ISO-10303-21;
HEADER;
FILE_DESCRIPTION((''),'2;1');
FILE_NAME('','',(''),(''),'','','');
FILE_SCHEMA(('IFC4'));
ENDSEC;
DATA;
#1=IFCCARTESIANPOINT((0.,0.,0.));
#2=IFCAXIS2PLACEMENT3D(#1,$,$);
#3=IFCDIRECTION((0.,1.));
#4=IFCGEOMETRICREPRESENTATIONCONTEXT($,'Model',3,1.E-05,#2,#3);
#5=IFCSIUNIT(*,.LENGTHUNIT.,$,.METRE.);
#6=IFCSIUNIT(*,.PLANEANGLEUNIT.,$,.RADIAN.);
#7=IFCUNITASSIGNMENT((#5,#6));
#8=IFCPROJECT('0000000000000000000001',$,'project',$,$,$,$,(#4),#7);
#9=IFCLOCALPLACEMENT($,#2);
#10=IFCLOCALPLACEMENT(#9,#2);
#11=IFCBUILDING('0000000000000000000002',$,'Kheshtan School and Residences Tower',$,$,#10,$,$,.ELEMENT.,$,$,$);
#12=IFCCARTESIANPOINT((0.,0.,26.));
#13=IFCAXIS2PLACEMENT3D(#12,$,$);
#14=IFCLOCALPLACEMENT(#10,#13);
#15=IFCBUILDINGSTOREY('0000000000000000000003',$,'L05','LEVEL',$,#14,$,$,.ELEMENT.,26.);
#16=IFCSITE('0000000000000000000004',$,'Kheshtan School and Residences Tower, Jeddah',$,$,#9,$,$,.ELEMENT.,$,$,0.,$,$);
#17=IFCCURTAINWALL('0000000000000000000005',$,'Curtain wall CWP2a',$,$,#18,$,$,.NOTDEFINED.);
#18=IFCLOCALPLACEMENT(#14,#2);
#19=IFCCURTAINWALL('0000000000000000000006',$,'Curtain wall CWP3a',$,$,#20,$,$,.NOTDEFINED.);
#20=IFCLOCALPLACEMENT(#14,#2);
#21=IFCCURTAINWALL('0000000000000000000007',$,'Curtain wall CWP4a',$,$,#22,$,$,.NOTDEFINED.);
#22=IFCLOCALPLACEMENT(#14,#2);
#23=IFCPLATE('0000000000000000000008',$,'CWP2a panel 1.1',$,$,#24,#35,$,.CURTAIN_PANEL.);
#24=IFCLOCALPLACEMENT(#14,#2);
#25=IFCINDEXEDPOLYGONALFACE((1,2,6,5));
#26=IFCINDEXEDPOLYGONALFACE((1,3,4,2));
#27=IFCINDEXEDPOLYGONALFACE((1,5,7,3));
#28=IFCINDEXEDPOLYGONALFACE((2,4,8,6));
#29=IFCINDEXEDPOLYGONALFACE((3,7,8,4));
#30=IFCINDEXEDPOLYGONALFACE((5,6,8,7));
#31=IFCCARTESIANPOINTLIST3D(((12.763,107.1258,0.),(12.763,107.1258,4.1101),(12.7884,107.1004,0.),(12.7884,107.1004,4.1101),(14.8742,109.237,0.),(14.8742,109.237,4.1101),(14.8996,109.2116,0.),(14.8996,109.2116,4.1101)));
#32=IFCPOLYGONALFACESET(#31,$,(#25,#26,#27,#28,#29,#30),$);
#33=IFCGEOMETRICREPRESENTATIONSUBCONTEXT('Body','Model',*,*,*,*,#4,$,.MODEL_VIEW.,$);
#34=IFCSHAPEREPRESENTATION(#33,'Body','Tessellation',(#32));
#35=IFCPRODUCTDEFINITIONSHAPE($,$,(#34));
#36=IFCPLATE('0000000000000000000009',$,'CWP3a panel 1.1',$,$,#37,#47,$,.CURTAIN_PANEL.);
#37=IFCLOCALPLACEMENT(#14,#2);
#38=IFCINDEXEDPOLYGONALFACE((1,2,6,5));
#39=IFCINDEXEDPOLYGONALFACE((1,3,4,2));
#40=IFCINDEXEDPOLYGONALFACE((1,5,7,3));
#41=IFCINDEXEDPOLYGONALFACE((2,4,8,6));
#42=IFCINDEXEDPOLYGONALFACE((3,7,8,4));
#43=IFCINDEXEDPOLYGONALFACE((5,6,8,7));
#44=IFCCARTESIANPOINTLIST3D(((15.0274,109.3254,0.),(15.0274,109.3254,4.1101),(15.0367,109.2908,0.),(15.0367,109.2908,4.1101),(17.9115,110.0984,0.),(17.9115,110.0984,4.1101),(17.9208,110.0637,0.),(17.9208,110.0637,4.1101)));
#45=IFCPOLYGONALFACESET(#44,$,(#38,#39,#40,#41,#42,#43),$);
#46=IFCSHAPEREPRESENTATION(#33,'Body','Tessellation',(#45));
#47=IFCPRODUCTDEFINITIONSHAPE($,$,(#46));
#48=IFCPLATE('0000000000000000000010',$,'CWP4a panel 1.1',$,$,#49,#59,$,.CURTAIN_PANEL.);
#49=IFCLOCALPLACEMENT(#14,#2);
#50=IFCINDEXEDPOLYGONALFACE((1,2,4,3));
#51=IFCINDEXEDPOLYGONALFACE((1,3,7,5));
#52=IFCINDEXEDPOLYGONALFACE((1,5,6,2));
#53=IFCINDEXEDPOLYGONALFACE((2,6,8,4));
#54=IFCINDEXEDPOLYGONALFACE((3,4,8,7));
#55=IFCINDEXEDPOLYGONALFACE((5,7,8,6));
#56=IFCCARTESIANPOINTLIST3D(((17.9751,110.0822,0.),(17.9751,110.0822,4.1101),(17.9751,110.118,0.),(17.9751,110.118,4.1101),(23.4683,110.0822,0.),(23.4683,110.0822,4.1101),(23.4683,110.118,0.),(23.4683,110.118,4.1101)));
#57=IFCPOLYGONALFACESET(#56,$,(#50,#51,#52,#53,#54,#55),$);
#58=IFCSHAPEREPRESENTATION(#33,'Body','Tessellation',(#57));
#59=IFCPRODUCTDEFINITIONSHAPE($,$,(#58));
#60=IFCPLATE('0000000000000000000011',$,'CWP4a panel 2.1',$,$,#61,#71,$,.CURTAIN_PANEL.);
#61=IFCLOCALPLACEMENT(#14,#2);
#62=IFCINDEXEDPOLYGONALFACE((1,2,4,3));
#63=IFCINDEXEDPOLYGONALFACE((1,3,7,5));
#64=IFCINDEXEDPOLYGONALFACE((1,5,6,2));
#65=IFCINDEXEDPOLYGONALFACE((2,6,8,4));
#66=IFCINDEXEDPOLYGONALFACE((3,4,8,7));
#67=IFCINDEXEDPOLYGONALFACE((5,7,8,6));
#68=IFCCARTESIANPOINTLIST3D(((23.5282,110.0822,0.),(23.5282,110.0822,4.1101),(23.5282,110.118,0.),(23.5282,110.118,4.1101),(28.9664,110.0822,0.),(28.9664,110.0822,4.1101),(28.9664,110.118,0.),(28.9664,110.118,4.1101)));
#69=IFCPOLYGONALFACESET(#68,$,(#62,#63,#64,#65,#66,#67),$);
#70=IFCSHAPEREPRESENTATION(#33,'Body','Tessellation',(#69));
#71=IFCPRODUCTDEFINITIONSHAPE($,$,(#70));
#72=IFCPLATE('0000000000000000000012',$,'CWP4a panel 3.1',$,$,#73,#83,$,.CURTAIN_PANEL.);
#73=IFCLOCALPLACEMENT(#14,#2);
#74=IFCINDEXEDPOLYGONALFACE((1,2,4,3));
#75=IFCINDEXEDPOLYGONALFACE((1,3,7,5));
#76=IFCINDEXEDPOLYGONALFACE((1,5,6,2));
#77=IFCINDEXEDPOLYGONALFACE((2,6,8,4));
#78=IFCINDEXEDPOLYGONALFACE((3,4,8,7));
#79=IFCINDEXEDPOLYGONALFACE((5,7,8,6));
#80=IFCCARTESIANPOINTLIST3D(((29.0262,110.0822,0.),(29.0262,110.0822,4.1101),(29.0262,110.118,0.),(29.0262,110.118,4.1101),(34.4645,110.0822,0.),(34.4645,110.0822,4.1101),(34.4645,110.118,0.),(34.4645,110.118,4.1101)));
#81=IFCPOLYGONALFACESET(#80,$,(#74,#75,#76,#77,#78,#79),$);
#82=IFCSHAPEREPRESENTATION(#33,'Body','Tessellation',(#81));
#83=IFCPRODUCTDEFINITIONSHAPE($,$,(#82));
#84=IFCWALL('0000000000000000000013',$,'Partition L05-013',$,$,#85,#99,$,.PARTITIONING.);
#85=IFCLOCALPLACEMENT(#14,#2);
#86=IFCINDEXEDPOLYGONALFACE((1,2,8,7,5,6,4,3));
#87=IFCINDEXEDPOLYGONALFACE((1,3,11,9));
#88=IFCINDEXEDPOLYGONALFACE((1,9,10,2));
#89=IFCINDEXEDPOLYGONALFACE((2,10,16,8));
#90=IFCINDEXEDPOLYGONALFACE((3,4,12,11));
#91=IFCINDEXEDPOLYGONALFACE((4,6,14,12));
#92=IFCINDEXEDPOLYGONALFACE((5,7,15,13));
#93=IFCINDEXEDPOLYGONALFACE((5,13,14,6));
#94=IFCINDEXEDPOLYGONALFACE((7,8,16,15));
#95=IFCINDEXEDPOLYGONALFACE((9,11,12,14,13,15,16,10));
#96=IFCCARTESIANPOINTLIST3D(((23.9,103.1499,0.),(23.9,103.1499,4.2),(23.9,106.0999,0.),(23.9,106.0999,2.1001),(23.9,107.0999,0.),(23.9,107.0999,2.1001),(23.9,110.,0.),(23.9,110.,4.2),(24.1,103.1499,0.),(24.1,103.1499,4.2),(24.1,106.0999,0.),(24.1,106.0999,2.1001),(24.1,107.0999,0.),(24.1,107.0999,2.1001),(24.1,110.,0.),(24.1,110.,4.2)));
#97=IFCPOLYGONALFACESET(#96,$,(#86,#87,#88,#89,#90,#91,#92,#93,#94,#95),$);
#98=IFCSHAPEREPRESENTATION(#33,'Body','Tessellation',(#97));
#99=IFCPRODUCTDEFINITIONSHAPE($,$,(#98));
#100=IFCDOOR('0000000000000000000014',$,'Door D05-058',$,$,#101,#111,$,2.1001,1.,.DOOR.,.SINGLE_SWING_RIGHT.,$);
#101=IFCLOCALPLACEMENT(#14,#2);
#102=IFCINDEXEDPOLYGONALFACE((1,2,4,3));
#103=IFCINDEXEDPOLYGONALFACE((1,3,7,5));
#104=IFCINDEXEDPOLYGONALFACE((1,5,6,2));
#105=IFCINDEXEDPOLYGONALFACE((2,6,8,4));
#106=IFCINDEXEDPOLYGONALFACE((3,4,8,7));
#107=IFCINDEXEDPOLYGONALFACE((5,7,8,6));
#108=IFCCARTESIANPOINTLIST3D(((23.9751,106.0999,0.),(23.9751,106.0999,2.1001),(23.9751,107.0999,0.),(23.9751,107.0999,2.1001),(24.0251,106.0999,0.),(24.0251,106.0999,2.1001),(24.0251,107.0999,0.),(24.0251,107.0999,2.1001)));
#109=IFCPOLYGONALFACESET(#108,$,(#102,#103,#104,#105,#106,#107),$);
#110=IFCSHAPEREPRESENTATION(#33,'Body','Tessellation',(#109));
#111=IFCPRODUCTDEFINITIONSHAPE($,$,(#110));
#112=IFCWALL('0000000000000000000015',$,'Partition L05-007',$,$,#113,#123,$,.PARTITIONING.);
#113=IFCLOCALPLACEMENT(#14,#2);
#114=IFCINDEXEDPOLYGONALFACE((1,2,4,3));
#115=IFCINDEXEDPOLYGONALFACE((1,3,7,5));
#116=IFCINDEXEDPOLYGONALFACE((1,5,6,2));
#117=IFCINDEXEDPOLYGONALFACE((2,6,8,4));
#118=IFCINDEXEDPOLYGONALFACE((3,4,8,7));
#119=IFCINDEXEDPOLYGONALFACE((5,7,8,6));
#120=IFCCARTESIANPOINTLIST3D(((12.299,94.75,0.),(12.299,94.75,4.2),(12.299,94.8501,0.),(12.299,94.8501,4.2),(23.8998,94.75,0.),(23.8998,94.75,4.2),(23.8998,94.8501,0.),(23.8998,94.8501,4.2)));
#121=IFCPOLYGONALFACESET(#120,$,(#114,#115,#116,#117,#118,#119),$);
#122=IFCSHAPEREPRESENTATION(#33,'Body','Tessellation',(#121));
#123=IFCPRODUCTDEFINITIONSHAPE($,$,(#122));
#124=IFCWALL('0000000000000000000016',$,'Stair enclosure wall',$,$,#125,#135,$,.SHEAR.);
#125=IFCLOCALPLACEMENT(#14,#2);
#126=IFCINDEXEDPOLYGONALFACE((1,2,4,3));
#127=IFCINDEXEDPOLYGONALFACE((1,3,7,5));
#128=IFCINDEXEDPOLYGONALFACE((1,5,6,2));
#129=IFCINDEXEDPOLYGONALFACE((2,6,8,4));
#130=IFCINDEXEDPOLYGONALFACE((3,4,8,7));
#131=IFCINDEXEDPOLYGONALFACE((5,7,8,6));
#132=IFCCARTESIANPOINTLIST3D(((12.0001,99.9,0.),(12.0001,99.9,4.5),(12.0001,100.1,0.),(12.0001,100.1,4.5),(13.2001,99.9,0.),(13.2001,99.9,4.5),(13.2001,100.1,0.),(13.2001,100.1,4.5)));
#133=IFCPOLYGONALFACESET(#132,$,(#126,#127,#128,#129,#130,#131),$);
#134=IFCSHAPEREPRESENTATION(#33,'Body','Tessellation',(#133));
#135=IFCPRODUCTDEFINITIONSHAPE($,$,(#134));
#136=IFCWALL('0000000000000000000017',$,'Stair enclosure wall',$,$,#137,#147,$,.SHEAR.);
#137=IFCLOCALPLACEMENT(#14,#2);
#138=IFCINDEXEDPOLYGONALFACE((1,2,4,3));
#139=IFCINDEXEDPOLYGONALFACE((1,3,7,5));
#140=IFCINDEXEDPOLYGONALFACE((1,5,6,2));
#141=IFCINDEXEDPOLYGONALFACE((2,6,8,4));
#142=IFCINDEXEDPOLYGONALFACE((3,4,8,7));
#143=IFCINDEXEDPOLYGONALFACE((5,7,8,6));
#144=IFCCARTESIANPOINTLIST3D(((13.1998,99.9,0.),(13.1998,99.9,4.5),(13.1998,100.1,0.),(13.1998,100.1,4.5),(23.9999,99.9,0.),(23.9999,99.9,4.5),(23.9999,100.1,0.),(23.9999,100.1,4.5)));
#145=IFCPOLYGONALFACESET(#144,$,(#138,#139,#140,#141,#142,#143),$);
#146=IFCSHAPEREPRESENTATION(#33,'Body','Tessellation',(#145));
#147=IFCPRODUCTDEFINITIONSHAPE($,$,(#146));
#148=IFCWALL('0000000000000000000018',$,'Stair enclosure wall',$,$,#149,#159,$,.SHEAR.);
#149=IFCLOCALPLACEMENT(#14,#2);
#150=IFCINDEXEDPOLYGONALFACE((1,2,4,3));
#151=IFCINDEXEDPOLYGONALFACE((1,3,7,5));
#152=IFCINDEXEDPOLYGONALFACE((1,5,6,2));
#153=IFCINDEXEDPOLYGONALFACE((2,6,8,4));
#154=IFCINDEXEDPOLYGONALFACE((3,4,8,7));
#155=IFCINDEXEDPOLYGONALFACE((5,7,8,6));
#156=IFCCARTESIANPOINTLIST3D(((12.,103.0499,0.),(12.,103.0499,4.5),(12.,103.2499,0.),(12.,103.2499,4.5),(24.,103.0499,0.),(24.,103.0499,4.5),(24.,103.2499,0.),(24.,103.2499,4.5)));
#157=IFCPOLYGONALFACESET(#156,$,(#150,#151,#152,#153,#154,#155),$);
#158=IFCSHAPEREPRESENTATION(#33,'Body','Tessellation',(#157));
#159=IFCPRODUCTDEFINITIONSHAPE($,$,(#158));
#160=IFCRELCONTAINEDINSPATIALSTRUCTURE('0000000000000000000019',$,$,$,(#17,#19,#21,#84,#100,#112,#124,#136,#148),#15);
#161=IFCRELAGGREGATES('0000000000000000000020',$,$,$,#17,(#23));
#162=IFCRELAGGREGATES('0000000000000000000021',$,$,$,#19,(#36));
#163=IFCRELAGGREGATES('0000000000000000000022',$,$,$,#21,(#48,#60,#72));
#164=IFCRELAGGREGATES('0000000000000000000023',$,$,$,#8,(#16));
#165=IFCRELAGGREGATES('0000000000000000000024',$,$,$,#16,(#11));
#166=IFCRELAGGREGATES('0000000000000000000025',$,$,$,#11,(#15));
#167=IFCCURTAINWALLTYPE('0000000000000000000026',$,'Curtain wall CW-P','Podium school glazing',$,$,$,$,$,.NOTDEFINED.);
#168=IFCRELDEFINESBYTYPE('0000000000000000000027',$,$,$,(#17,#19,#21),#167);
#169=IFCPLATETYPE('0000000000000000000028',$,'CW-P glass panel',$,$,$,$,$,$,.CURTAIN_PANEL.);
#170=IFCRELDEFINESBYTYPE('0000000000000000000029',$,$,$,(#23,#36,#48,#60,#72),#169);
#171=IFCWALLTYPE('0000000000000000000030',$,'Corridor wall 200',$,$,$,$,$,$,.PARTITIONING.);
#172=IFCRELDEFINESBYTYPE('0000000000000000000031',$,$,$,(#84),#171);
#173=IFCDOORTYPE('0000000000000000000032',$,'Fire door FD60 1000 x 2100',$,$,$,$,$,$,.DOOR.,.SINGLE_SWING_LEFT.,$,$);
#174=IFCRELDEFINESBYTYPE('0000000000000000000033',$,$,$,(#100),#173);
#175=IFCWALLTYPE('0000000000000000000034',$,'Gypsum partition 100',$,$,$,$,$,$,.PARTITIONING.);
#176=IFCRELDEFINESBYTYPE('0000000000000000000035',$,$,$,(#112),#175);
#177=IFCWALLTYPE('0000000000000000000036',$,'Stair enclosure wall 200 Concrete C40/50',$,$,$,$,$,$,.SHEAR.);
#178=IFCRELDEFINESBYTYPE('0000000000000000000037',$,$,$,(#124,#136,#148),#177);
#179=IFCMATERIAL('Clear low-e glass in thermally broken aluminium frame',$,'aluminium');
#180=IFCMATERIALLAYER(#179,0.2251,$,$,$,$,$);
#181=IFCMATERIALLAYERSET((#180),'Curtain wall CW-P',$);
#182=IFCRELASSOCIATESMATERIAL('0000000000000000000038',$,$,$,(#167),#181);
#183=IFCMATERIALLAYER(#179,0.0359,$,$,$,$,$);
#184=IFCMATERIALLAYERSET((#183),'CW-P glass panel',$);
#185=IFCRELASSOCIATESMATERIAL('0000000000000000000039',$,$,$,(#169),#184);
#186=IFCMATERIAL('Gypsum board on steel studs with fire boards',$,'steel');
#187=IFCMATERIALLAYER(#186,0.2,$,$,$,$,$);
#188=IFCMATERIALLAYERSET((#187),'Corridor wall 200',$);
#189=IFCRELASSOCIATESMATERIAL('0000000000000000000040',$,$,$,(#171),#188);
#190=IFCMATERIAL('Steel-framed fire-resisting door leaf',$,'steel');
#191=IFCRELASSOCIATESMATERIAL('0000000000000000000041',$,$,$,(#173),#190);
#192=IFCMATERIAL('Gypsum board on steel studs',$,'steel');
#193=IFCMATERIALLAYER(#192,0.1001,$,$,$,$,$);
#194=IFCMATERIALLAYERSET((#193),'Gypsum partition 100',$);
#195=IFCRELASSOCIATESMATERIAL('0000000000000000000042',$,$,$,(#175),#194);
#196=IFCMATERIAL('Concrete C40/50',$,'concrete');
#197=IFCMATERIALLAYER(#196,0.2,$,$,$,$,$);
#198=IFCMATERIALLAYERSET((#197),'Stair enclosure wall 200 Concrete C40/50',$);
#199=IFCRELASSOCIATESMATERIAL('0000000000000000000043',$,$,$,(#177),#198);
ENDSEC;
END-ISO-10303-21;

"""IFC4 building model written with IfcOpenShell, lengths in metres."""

from ifc_helpers import new_model, si_unit, direction, frame, frame_2d, origin, origin_2d, place, context, subcontext, project, spatial, rectangle, extrude, source, transform, mapped, material, layer, layer_set, type_object, element, fill, aggregate, save


model = new_model("IFC4")

# Units and contexts
model_context = context("Model", 3, precision=1e-05, world=origin(), true_north=direction((0.0, 1.0)))
body_context = subcontext(model_context, "Body", "Model", "MODEL_VIEW")
ifc_project = project(units=[si_unit("LENGTHUNIT", "METRE"), si_unit("PLANEANGLEUNIT", "RADIAN")], contexts=[model_context])

# Site, building, storey
site_placement = place(None, origin())
site = spatial("IfcSite", under=ifc_project, at=site_placement, Name="Kheshtan School and Residences Tower, Jeddah", CompositionType="ELEMENT", RefElevation=0.0)
building_placement = place(site_placement, origin())
building = spatial("IfcBuilding", under=site, at=building_placement, Name="Kheshtan School and Residences Tower", CompositionType="ELEMENT")
storey_placement = place(building_placement, frame((0.0, 0.0, 26.0)))
storey = spatial("IfcBuildingStorey", under=building, at=storey_placement, Name="L05", Description="LEVEL", CompositionType="ELEMENT", Elevation=26.0)

# Curtain walls
ifc_material_1 = material(Name="Clear low-e glass in thermally broken aluminium frame", Category="aluminium")
ifc_layer_1 = layer(ifc_material_1, 0.2251)
ifc_layer_set_1 = layer_set([ifc_layer_1], Name="Curtain wall CW-P")
curtain_wall_type = type_object("IfcCurtainWallType", Name="Curtain wall CW-P", Description="Podium school glazing", PredefinedType="NOTDEFINED", material=ifc_layer_set_1)
curtain_wall_1_placement = place(storey_placement, origin())
curtain_wall_1 = element("IfcCurtainWall", 1, at=curtain_wall_1_placement, inside=storey, type_object=curtain_wall_type, Name="Curtain wall CWP2a", PredefinedType="NOTDEFINED")
curtain_wall_2_placement = place(storey_placement, origin())
curtain_wall_2 = element("IfcCurtainWall", 2, at=curtain_wall_2_placement, inside=storey, type_object=curtain_wall_type, Name="Curtain wall CWP3a", PredefinedType="NOTDEFINED")
curtain_wall_3_placement = place(storey_placement, origin())
curtain_wall_3 = element("IfcCurtainWall", 3, at=curtain_wall_3_placement, inside=storey, type_object=curtain_wall_type, Name="Curtain wall CWP4a", PredefinedType="NOTDEFINED")

# Plates
ifc_layer_2 = layer(ifc_material_1, 0.0359)
ifc_layer_set_2 = layer_set([ifc_layer_2], Name="CW-P glass panel")
plate_type = type_object("IfcPlateType", Name="CW-P glass panel", PredefinedType="CURTAIN_PANEL", material=ifc_layer_set_2)
plate_1_placement = place(storey_placement, frame((13.8313, 108.1687, 0.0), z_axis=(0.0, 0.0, 1.0), x_axis=(0.707107, 0.707107, 0.0)))
plate_1 = element("IfcPlate", 4, at=plate_1_placement, type_object=plate_type, Name="CWP2a panel 1.1", PredefinedType="CURTAIN_PANEL", context=body_context, shape_type="SweptSolid", body=[
    extrude(rectangle(XDim=2.9856, YDim=0.0359, at=origin_2d()), origin(), (0.0, 0.0, 1.0), 4.1101),
])
aggregate(curtain_wall_1, [plate_1])
plate_2_placement = place(storey_placement, frame((16.4741, 109.6946, 0.0), z_axis=(0.0, 0.0, 1.0), x_axis=(0.965914, 0.258865, 0.0)))
plate_2 = element("IfcPlate", 5, at=plate_2_placement, type_object=plate_type, Name="CWP3a panel 1.1", PredefinedType="CURTAIN_PANEL", context=body_context, shape_type="SweptSolid", body=[
    extrude(rectangle(XDim=2.9858, YDim=0.0359, at=origin_2d()), origin(), (0.0, 0.0, 1.0), 4.1101),
])
aggregate(curtain_wall_2, [plate_2])
plate_3_placement = place(storey_placement, frame((20.7217, 110.1001, 0.0), z_axis=(0.0, 0.0, 1.0), x_axis=(1.0, 0.0, 0.0)))
plate_3 = element("IfcPlate", 6, at=plate_3_placement, type_object=plate_type, Name="CWP4a panel 1.1", PredefinedType="CURTAIN_PANEL", context=body_context, shape_type="SweptSolid", body=[
    extrude(rectangle(XDim=5.4932, YDim=0.0359, at=origin_2d()), origin(), (0.0, 0.0, 1.0), 4.1101),
])
plate_4_placement = place(storey_placement, frame((26.2473, 110.1001, 0.0), z_axis=(0.0, 0.0, 1.0), x_axis=(1.0, 0.0, 0.0)))
plate_4 = element("IfcPlate", 7, at=plate_4_placement, type_object=plate_type, Name="CWP4a panel 2.1", PredefinedType="CURTAIN_PANEL", context=body_context, shape_type="SweptSolid", body=[
    extrude(rectangle(XDim=5.4382, YDim=0.0359, at=origin_2d()), origin(), (0.0, 0.0, 1.0), 4.1101),
])
plate_5_placement = place(storey_placement, frame((31.7454, 110.1001, 0.0), z_axis=(0.0, 0.0, 1.0), x_axis=(1.0, 0.0, 0.0)))
plate_5 = element("IfcPlate", 8, at=plate_5_placement, type_object=plate_type, Name="CWP4a panel 3.1", PredefinedType="CURTAIN_PANEL", context=body_context, shape_type="SweptSolid", body=[
    extrude(rectangle(XDim=5.4382, YDim=0.0359, at=origin_2d()), origin(), (0.0, 0.0, 1.0), 4.1101),
])
aggregate(curtain_wall_3, [plate_3, plate_4, plate_5])

# Wall, opening, door
ifc_material_2 = material(Name="Gypsum board on steel studs with fire boards", Category="steel")
ifc_layer_3 = layer(ifc_material_2, 0.2)
ifc_layer_set_3 = layer_set([ifc_layer_3], Name="Corridor wall 200")
wall_type_1 = type_object("IfcWallType", Name="Corridor wall 200", PredefinedType="PARTITIONING", material=ifc_layer_set_3)
wall_1_placement = place(storey_placement, frame((24.0, 103.1499, 0.0), z_axis=(0.0, 0.0, 1.0), x_axis=(0.0, 1.0, 0.0)))
wall_1 = element("IfcWall", 9, at=wall_1_placement, inside=storey, type_object=wall_type_1, Name="Partition L05-013", PredefinedType="PARTITIONING", context=body_context, shape_type="SweptSolid", body=[
    extrude(rectangle(XDim=6.8501, YDim=0.2, at=frame_2d((3.425, 0.0))), origin(), (0.0, 0.0, 1.0), 4.2),
])
opening_1_placement = place(wall_1_placement, frame((2.95, 0.0, 0.0)))
opening_1 = element("IfcOpeningElement", 10, at=opening_1_placement, cuts=wall_1, PredefinedType="OPENING", context=body_context, shape_type="SweptSolid", body=[
    extrude(rectangle(XDim=1.0, YDim=2.1001, at=frame_2d((0.5, 1.05))), frame((0.0, 0.1099, 0.0), z_axis=(0.0, -1.0, 0.0), x_axis=(1.0, 0.0, 0.0)), (0.0, 0.0, 1.0), 0.22),
])
ifc_material_3 = material(Name="Steel-framed fire-resisting door leaf", Category="steel")
door_type_1 = type_object("IfcDoorType", Name="Fire door FD60 1000 x 2100", OperationType="SINGLE_SWING_LEFT", PredefinedType="DOOR", material=ifc_material_3)
shared_shape_1 = source(origin(), body_context, "Body", "SweptSolid", [
    extrude(rectangle(XDim=1.0, YDim=2.1001, at=frame_2d((0.5, 1.05))), frame((0.0, 0.0249, 0.0), z_axis=(0.0, -1.0, 0.0), x_axis=(1.0, 0.0, 0.0)), (0.0, 0.0, 1.0), 0.05),
])
door_1_placement = place(opening_1_placement, origin())
door_1 = element("IfcDoor", 11, at=door_1_placement, inside=storey, type_object=door_type_1, Name="Door D05-058", OperationType="SINGLE_SWING_RIGHT", OverallHeight=2.1001, OverallWidth=1.0, PredefinedType="DOOR", context=body_context, shape_type="MappedRepresentation", body=[
    mapped(shared_shape_1, transform((0.0, 0.0, 0.0), x_axis=(1.0, 0.0, 0.0), y_axis=(0.0, 1.0, 0.0), z_axis=(0.0, 0.0, 1.0), scale=1.0)),
])
fill(opening_1, door_1)

# Walls
ifc_material_4 = material(Name="Gypsum board on steel studs", Category="steel")
ifc_layer_4 = layer(ifc_material_4, 0.1001)
ifc_layer_set_4 = layer_set([ifc_layer_4], Name="Gypsum partition 100")
wall_type_2 = type_object("IfcWallType", Name="Gypsum partition 100", PredefinedType="PARTITIONING", material=ifc_layer_set_4)
wall_2_placement = place(storey_placement, frame((12.2991, 94.8, 0.0), z_axis=(0.0, 0.0, 1.0), x_axis=(1.0, 0.0, 0.0)))
element("IfcWall", 12, at=wall_2_placement, inside=storey, type_object=wall_type_2, Name="Partition L05-007", PredefinedType="PARTITIONING", context=body_context, shape_type="SweptSolid", body=[
    extrude(rectangle(XDim=11.6008, YDim=0.1001, at=frame_2d((5.8003, 0.0))), origin(), (0.0, 0.0, 1.0), 4.2),
])
ifc_material_5 = material(Name="Concrete C40/50", Category="concrete")
ifc_layer_5 = layer(ifc_material_5, 0.2)
ifc_layer_set_5 = layer_set([ifc_layer_5], Name="Stair enclosure wall 200 Concrete C40/50")
wall_type_3 = type_object("IfcWallType", Name="Stair enclosure wall 200 Concrete C40/50", PredefinedType="SHEAR", material=ifc_layer_set_5)
wall_3_placement = place(storey_placement, frame((12.0, 100.0, 0.0), z_axis=(0.0, 0.0, 1.0), x_axis=(1.0, 0.0, 0.0)))
element("IfcWall", 13, at=wall_3_placement, inside=storey, type_object=wall_type_3, Name="Stair enclosure wall", PredefinedType="SHEAR", context=body_context, shape_type="SweptSolid", body=[
    extrude(rectangle(XDim=1.2, YDim=0.2, at=frame_2d((0.6001, 0.0))), origin(), (0.0, 0.0, 1.0), 4.5),
])
wall_4_placement = place(storey_placement, frame((13.2, 100.0, 0.0), z_axis=(0.0, 0.0, 1.0), x_axis=(1.0, 0.0, 0.0)))
element("IfcWall", 14, at=wall_4_placement, inside=storey, type_object=wall_type_3, Name="Stair enclosure wall", PredefinedType="SHEAR", context=body_context, shape_type="SweptSolid", body=[
    extrude(rectangle(XDim=10.8, YDim=0.2, at=frame_2d((5.3999, 0.0))), origin(), (0.0, 0.0, 1.0), 4.5),
])
wall_5_placement = place(storey_placement, frame((12.0, 103.1499, 0.0), z_axis=(0.0, 0.0, 1.0), x_axis=(1.0, 0.0, 0.0)))
element("IfcWall", 15, at=wall_5_placement, inside=storey, type_object=wall_type_3, Name="Stair enclosure wall", PredefinedType="SHEAR", context=body_context, shape_type="SweptSolid", body=[
    extrude(rectangle(XDim=12.0, YDim=0.2, at=frame_2d((6.0, 0.0))), origin(), (0.0, 0.0, 1.0), 4.5),
])

save(model, "model.ifc")
